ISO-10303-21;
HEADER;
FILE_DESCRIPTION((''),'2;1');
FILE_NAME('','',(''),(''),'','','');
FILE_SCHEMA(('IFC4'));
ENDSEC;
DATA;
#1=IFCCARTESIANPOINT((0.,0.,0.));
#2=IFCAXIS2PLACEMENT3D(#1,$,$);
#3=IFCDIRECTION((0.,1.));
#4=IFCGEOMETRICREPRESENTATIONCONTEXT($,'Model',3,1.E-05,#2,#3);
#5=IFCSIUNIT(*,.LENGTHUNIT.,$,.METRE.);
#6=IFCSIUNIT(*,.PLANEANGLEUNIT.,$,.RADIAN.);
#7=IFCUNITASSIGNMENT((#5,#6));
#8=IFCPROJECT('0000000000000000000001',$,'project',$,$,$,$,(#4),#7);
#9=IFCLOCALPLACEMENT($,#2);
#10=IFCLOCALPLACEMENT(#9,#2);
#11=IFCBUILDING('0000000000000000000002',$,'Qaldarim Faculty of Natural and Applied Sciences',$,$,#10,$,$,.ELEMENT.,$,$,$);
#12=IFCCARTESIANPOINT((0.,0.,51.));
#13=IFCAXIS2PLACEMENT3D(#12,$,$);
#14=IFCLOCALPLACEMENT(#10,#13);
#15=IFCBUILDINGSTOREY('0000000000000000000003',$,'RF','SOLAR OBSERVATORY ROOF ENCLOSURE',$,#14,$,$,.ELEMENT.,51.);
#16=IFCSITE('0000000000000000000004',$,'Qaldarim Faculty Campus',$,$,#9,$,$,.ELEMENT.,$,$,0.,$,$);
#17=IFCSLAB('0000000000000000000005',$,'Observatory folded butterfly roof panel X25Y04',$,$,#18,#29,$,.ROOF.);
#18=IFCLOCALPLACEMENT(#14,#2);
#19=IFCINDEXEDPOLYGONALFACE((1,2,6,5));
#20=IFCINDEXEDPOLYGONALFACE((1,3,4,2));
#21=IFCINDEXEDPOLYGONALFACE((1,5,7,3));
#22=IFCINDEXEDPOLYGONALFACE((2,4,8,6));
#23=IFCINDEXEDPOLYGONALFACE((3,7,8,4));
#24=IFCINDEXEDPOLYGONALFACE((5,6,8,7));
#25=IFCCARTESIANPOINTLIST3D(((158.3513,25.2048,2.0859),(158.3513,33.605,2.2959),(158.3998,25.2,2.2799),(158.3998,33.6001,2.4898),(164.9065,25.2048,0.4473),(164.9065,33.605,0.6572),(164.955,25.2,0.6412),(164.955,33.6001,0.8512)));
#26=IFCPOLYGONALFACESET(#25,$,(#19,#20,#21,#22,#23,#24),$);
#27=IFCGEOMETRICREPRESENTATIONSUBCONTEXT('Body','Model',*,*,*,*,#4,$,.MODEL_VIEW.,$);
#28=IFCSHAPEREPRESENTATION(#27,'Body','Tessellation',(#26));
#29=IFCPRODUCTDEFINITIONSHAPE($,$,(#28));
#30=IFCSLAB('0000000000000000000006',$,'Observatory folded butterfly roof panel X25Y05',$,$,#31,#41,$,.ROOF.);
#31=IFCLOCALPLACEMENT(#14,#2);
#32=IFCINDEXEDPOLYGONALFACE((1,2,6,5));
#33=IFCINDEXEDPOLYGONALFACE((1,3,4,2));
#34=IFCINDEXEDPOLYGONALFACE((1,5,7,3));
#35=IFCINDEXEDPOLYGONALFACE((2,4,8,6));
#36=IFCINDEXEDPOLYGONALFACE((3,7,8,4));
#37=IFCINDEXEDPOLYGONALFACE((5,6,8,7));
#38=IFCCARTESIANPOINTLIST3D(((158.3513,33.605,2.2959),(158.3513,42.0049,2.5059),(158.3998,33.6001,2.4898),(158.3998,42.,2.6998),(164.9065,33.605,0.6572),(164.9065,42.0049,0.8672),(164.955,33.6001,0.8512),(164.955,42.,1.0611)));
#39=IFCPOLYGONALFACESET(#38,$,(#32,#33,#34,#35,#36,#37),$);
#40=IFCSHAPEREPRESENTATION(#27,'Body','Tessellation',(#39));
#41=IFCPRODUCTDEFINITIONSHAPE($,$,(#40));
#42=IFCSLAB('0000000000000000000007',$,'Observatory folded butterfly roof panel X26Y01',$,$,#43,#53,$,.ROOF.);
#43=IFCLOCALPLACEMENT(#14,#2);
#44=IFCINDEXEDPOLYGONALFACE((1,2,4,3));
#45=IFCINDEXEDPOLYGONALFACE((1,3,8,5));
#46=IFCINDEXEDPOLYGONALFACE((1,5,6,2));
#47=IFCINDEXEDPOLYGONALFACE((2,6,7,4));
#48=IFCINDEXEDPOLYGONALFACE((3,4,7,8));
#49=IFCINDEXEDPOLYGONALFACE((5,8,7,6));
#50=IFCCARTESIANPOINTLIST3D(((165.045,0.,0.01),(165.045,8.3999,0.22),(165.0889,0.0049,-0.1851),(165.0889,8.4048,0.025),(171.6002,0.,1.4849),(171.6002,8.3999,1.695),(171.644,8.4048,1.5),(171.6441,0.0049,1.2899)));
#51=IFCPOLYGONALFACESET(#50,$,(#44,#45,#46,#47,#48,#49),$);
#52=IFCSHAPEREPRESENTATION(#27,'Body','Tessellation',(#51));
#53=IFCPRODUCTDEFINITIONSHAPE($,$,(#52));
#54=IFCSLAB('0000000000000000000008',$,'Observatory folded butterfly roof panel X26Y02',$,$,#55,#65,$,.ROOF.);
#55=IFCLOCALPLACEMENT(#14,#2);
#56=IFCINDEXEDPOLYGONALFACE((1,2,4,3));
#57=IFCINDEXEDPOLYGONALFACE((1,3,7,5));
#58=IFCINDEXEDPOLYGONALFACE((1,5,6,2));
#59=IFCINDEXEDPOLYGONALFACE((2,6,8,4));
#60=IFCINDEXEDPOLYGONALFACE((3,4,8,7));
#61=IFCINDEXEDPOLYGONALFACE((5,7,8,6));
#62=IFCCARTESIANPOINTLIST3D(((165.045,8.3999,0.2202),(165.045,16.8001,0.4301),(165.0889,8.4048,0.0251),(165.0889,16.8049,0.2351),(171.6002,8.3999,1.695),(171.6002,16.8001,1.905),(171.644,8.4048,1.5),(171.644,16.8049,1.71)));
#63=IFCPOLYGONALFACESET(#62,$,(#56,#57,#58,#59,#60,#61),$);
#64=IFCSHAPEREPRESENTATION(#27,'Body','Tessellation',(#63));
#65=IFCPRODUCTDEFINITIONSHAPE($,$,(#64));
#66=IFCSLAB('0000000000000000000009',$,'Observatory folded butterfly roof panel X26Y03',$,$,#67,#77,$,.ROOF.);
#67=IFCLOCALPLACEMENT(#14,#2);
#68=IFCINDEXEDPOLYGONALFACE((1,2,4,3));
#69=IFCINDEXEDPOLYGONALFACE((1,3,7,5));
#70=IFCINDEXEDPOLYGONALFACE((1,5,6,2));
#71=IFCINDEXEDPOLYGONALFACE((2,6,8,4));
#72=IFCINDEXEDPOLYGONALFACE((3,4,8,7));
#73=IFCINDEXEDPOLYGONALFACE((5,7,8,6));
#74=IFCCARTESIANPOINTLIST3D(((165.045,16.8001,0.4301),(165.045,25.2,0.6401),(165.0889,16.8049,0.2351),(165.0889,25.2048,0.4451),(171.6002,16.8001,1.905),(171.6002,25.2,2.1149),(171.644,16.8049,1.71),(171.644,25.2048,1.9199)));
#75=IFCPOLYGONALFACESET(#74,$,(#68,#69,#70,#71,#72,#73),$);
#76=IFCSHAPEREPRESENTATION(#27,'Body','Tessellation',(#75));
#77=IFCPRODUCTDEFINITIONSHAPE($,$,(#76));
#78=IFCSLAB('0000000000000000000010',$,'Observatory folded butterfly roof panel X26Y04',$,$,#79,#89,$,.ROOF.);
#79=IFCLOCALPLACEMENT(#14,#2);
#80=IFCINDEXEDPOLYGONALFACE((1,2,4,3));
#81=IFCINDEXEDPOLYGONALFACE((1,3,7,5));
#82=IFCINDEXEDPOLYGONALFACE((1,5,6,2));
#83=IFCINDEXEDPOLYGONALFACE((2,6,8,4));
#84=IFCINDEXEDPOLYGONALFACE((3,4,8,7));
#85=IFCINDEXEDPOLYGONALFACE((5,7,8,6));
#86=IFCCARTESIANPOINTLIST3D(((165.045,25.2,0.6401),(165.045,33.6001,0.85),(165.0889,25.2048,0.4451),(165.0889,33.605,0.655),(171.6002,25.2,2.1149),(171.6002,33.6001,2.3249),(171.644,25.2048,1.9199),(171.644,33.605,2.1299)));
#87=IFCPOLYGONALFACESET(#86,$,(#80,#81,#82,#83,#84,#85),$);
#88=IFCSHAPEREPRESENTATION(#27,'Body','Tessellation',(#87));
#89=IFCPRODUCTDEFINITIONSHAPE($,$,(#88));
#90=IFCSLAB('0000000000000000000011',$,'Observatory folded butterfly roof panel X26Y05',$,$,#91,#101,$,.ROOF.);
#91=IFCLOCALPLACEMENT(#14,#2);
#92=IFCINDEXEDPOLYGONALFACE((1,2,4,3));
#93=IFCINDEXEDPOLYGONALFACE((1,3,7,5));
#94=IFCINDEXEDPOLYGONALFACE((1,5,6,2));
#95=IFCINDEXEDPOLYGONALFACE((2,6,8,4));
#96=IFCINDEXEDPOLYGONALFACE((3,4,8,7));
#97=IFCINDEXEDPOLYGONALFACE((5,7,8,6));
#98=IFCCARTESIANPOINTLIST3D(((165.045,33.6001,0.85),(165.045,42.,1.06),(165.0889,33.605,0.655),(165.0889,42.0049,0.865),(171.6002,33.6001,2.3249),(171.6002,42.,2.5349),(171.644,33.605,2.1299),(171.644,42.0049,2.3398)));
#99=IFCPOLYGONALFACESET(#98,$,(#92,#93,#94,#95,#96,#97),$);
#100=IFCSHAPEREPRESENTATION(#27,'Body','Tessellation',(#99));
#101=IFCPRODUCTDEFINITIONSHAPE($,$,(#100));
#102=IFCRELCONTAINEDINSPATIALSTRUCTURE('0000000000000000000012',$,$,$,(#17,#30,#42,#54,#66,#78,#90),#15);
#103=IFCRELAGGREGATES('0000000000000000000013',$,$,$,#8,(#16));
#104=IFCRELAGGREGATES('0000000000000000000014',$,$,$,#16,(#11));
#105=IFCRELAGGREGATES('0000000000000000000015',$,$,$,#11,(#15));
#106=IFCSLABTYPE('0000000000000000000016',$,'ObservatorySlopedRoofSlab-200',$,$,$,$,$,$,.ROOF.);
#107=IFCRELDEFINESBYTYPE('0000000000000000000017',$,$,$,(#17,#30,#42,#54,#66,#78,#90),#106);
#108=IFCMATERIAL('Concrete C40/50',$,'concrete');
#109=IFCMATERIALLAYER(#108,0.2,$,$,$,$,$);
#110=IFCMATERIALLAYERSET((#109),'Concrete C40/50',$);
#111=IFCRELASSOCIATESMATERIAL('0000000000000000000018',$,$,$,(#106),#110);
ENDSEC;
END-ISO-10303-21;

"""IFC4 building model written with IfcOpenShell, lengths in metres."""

from ifc_helpers import new_model, si_unit, direction, frame, origin, place, context, subcontext, project, spatial, polyline, outline, extrude, material, layer, layer_set, type_object, element, save


model = new_model("IFC4")

# Units and contexts
model_context = context("Model", 3, precision=1e-05, world=origin(), true_north=direction((0.0, 1.0)))
body_context = subcontext(model_context, "Body", "Model", "MODEL_VIEW")
ifc_project = project(units=[si_unit("LENGTHUNIT", "METRE"), si_unit("PLANEANGLEUNIT", "RADIAN")], contexts=[model_context])

# Site, building, storey
site_placement = place(None, origin())
site = spatial("IfcSite", under=ifc_project, at=site_placement, Name="Qaldarim Faculty Campus", CompositionType="ELEMENT", RefElevation=0.0)
building_placement = place(site_placement, origin())
building = spatial("IfcBuilding", under=site, at=building_placement, Name="Qaldarim Faculty of Natural and Applied Sciences", CompositionType="ELEMENT")
storey_placement = place(building_placement, frame((0.0, 0.0, 51.0)))
storey = spatial("IfcBuildingStorey", under=building, at=storey_placement, Name="RF", Description="SOLAR OBSERVATORY ROOF ENCLOSURE", CompositionType="ELEMENT", Elevation=51.0)

# Shared definitions
ifc_material_1 = material(Name="Concrete C40/50", Category="concrete")

# Slabs
ifc_layer_1 = layer(ifc_material_1, 0.2)
ifc_layer_set_1 = layer_set([ifc_layer_1], Name="Concrete C40/50")
slab_type_1 = type_object("IfcSlabType", Name="ObservatorySlopedRoofSlab-200", PredefinedType="ROOF", material=ifc_layer_set_1)
slab_1_placement = place(storey_placement, frame((158.3513, 25.2048, 2.0859), z_axis=(0.242447, -0.024242, 0.969862), x_axis=(0.970147, 0.0, -0.242519)))
element("IfcSlab", 1, at=slab_1_placement, inside=storey, type_object=slab_type_1, Name="Observatory folded butterfly roof panel X25Y04", PredefinedType="ROOF", context=body_context, shape_type="SweptSolid", body=[
    extrude(outline(polyline([(0.0, 0.0), (6.7569, 0.0), (6.706, 8.4026), (-0.0509, 8.4026), (0.0, 0.0)])), origin(), (0.0, 0.0, 1.0), 0.2),
])
slab_2_placement = place(storey_placement, frame((158.3513, 33.605, 2.2959), z_axis=(0.242447, -0.024242, 0.969862), x_axis=(0.970147, 0.0, -0.242519)))
element("IfcSlab", 2, at=slab_2_placement, inside=storey, type_object=slab_type_1, Name="Observatory folded butterfly roof panel X25Y05", PredefinedType="ROOF", context=body_context, shape_type="SweptSolid", body=[
    extrude(outline(polyline([(0.0, 0.0), (6.7569, 0.0), (6.706, 8.4024), (-0.0509, 8.4024), (0.0, 0.0)])), origin(), (0.0, 0.0, 1.0), 0.2),
])
slab_3_placement = place(storey_placement, frame((165.0889, 0.0049, -0.1851), z_axis=(-0.219456, -0.024393, 0.975318), x_axis=(0.975608, 0.0, 0.219521)))
element("IfcSlab", 3, at=slab_3_placement, inside=storey, type_object=slab_type_1, Name="Observatory folded butterfly roof panel X26Y01", PredefinedType="ROOF", context=body_context, shape_type="SweptSolid", body=[
    extrude(outline(polyline([(0.0, 0.0), (6.7191, 0.0), (6.7652, 8.4024), (0.0461, 8.4024), (0.0, 0.0)])), origin(), (0.0, 0.0, 1.0), 0.2),
])
slab_4_placement = place(storey_placement, frame((165.0889, 8.4048, 0.0251), z_axis=(-0.219438, -0.024378, 0.975322), x_axis=(0.975612, 0.0, 0.219504)))
element("IfcSlab", 4, at=slab_4_placement, inside=storey, type_object=slab_type_1, Name="Observatory folded butterfly roof panel X26Y02", PredefinedType="ROOF", context=body_context, shape_type="SweptSolid", body=[
    extrude(outline(polyline([(0.0, 0.0), (6.719, 0.0), (6.7651, 8.4026), (0.0461, 8.4026), (0.0, 0.0)])), origin(), (0.0, 0.0, 1.0), 0.2),
])
slab_5_placement = place(storey_placement, frame((165.0889, 16.8049, 0.2351), z_axis=(-0.219438, -0.024379, 0.975322), x_axis=(0.975612, 0.0, 0.219504)))
element("IfcSlab", 5, at=slab_5_placement, inside=storey, type_object=slab_type_1, Name="Observatory folded butterfly roof panel X26Y03", PredefinedType="ROOF", context=body_context, shape_type="SweptSolid", body=[
    extrude(outline(polyline([(0.0, 0.0), (6.719, 0.0), (6.7651, 8.4024), (0.0461, 8.4024), (0.0, 0.0)])), origin(), (0.0, 0.0, 1.0), 0.2),
])
slab_6_placement = place(storey_placement, frame((165.0889, 25.2048, 0.4451), z_axis=(-0.219438, -0.024378, 0.975322), x_axis=(0.975612, 0.0, 0.219504)))
element("IfcSlab", 6, at=slab_6_placement, inside=storey, type_object=slab_type_1, Name="Observatory folded butterfly roof panel X26Y04", PredefinedType="ROOF", context=body_context, shape_type="SweptSolid", body=[
    extrude(outline(polyline([(0.0, 0.0), (6.719, 0.0), (6.7651, 8.4026), (0.0461, 8.4026), (0.0, 0.0)])), origin(), (0.0, 0.0, 1.0), 0.2),
])
slab_7_placement = place(storey_placement, frame((165.0889, 33.605, 0.655), z_axis=(-0.219438, -0.024379, 0.975322), x_axis=(0.975612, 0.0, 0.219504)))
element("IfcSlab", 7, at=slab_7_placement, inside=storey, type_object=slab_type_1, Name="Observatory folded butterfly roof panel X26Y05", PredefinedType="ROOF", context=body_context, shape_type="SweptSolid", body=[
    extrude(outline(polyline([(0.0, 0.0), (6.719, 0.0), (6.7651, 8.4024), (0.0461, 8.4024), (0.0, 0.0)])), origin(), (0.0, 0.0, 1.0), 0.2),
])

save(model, "model.ifc")
